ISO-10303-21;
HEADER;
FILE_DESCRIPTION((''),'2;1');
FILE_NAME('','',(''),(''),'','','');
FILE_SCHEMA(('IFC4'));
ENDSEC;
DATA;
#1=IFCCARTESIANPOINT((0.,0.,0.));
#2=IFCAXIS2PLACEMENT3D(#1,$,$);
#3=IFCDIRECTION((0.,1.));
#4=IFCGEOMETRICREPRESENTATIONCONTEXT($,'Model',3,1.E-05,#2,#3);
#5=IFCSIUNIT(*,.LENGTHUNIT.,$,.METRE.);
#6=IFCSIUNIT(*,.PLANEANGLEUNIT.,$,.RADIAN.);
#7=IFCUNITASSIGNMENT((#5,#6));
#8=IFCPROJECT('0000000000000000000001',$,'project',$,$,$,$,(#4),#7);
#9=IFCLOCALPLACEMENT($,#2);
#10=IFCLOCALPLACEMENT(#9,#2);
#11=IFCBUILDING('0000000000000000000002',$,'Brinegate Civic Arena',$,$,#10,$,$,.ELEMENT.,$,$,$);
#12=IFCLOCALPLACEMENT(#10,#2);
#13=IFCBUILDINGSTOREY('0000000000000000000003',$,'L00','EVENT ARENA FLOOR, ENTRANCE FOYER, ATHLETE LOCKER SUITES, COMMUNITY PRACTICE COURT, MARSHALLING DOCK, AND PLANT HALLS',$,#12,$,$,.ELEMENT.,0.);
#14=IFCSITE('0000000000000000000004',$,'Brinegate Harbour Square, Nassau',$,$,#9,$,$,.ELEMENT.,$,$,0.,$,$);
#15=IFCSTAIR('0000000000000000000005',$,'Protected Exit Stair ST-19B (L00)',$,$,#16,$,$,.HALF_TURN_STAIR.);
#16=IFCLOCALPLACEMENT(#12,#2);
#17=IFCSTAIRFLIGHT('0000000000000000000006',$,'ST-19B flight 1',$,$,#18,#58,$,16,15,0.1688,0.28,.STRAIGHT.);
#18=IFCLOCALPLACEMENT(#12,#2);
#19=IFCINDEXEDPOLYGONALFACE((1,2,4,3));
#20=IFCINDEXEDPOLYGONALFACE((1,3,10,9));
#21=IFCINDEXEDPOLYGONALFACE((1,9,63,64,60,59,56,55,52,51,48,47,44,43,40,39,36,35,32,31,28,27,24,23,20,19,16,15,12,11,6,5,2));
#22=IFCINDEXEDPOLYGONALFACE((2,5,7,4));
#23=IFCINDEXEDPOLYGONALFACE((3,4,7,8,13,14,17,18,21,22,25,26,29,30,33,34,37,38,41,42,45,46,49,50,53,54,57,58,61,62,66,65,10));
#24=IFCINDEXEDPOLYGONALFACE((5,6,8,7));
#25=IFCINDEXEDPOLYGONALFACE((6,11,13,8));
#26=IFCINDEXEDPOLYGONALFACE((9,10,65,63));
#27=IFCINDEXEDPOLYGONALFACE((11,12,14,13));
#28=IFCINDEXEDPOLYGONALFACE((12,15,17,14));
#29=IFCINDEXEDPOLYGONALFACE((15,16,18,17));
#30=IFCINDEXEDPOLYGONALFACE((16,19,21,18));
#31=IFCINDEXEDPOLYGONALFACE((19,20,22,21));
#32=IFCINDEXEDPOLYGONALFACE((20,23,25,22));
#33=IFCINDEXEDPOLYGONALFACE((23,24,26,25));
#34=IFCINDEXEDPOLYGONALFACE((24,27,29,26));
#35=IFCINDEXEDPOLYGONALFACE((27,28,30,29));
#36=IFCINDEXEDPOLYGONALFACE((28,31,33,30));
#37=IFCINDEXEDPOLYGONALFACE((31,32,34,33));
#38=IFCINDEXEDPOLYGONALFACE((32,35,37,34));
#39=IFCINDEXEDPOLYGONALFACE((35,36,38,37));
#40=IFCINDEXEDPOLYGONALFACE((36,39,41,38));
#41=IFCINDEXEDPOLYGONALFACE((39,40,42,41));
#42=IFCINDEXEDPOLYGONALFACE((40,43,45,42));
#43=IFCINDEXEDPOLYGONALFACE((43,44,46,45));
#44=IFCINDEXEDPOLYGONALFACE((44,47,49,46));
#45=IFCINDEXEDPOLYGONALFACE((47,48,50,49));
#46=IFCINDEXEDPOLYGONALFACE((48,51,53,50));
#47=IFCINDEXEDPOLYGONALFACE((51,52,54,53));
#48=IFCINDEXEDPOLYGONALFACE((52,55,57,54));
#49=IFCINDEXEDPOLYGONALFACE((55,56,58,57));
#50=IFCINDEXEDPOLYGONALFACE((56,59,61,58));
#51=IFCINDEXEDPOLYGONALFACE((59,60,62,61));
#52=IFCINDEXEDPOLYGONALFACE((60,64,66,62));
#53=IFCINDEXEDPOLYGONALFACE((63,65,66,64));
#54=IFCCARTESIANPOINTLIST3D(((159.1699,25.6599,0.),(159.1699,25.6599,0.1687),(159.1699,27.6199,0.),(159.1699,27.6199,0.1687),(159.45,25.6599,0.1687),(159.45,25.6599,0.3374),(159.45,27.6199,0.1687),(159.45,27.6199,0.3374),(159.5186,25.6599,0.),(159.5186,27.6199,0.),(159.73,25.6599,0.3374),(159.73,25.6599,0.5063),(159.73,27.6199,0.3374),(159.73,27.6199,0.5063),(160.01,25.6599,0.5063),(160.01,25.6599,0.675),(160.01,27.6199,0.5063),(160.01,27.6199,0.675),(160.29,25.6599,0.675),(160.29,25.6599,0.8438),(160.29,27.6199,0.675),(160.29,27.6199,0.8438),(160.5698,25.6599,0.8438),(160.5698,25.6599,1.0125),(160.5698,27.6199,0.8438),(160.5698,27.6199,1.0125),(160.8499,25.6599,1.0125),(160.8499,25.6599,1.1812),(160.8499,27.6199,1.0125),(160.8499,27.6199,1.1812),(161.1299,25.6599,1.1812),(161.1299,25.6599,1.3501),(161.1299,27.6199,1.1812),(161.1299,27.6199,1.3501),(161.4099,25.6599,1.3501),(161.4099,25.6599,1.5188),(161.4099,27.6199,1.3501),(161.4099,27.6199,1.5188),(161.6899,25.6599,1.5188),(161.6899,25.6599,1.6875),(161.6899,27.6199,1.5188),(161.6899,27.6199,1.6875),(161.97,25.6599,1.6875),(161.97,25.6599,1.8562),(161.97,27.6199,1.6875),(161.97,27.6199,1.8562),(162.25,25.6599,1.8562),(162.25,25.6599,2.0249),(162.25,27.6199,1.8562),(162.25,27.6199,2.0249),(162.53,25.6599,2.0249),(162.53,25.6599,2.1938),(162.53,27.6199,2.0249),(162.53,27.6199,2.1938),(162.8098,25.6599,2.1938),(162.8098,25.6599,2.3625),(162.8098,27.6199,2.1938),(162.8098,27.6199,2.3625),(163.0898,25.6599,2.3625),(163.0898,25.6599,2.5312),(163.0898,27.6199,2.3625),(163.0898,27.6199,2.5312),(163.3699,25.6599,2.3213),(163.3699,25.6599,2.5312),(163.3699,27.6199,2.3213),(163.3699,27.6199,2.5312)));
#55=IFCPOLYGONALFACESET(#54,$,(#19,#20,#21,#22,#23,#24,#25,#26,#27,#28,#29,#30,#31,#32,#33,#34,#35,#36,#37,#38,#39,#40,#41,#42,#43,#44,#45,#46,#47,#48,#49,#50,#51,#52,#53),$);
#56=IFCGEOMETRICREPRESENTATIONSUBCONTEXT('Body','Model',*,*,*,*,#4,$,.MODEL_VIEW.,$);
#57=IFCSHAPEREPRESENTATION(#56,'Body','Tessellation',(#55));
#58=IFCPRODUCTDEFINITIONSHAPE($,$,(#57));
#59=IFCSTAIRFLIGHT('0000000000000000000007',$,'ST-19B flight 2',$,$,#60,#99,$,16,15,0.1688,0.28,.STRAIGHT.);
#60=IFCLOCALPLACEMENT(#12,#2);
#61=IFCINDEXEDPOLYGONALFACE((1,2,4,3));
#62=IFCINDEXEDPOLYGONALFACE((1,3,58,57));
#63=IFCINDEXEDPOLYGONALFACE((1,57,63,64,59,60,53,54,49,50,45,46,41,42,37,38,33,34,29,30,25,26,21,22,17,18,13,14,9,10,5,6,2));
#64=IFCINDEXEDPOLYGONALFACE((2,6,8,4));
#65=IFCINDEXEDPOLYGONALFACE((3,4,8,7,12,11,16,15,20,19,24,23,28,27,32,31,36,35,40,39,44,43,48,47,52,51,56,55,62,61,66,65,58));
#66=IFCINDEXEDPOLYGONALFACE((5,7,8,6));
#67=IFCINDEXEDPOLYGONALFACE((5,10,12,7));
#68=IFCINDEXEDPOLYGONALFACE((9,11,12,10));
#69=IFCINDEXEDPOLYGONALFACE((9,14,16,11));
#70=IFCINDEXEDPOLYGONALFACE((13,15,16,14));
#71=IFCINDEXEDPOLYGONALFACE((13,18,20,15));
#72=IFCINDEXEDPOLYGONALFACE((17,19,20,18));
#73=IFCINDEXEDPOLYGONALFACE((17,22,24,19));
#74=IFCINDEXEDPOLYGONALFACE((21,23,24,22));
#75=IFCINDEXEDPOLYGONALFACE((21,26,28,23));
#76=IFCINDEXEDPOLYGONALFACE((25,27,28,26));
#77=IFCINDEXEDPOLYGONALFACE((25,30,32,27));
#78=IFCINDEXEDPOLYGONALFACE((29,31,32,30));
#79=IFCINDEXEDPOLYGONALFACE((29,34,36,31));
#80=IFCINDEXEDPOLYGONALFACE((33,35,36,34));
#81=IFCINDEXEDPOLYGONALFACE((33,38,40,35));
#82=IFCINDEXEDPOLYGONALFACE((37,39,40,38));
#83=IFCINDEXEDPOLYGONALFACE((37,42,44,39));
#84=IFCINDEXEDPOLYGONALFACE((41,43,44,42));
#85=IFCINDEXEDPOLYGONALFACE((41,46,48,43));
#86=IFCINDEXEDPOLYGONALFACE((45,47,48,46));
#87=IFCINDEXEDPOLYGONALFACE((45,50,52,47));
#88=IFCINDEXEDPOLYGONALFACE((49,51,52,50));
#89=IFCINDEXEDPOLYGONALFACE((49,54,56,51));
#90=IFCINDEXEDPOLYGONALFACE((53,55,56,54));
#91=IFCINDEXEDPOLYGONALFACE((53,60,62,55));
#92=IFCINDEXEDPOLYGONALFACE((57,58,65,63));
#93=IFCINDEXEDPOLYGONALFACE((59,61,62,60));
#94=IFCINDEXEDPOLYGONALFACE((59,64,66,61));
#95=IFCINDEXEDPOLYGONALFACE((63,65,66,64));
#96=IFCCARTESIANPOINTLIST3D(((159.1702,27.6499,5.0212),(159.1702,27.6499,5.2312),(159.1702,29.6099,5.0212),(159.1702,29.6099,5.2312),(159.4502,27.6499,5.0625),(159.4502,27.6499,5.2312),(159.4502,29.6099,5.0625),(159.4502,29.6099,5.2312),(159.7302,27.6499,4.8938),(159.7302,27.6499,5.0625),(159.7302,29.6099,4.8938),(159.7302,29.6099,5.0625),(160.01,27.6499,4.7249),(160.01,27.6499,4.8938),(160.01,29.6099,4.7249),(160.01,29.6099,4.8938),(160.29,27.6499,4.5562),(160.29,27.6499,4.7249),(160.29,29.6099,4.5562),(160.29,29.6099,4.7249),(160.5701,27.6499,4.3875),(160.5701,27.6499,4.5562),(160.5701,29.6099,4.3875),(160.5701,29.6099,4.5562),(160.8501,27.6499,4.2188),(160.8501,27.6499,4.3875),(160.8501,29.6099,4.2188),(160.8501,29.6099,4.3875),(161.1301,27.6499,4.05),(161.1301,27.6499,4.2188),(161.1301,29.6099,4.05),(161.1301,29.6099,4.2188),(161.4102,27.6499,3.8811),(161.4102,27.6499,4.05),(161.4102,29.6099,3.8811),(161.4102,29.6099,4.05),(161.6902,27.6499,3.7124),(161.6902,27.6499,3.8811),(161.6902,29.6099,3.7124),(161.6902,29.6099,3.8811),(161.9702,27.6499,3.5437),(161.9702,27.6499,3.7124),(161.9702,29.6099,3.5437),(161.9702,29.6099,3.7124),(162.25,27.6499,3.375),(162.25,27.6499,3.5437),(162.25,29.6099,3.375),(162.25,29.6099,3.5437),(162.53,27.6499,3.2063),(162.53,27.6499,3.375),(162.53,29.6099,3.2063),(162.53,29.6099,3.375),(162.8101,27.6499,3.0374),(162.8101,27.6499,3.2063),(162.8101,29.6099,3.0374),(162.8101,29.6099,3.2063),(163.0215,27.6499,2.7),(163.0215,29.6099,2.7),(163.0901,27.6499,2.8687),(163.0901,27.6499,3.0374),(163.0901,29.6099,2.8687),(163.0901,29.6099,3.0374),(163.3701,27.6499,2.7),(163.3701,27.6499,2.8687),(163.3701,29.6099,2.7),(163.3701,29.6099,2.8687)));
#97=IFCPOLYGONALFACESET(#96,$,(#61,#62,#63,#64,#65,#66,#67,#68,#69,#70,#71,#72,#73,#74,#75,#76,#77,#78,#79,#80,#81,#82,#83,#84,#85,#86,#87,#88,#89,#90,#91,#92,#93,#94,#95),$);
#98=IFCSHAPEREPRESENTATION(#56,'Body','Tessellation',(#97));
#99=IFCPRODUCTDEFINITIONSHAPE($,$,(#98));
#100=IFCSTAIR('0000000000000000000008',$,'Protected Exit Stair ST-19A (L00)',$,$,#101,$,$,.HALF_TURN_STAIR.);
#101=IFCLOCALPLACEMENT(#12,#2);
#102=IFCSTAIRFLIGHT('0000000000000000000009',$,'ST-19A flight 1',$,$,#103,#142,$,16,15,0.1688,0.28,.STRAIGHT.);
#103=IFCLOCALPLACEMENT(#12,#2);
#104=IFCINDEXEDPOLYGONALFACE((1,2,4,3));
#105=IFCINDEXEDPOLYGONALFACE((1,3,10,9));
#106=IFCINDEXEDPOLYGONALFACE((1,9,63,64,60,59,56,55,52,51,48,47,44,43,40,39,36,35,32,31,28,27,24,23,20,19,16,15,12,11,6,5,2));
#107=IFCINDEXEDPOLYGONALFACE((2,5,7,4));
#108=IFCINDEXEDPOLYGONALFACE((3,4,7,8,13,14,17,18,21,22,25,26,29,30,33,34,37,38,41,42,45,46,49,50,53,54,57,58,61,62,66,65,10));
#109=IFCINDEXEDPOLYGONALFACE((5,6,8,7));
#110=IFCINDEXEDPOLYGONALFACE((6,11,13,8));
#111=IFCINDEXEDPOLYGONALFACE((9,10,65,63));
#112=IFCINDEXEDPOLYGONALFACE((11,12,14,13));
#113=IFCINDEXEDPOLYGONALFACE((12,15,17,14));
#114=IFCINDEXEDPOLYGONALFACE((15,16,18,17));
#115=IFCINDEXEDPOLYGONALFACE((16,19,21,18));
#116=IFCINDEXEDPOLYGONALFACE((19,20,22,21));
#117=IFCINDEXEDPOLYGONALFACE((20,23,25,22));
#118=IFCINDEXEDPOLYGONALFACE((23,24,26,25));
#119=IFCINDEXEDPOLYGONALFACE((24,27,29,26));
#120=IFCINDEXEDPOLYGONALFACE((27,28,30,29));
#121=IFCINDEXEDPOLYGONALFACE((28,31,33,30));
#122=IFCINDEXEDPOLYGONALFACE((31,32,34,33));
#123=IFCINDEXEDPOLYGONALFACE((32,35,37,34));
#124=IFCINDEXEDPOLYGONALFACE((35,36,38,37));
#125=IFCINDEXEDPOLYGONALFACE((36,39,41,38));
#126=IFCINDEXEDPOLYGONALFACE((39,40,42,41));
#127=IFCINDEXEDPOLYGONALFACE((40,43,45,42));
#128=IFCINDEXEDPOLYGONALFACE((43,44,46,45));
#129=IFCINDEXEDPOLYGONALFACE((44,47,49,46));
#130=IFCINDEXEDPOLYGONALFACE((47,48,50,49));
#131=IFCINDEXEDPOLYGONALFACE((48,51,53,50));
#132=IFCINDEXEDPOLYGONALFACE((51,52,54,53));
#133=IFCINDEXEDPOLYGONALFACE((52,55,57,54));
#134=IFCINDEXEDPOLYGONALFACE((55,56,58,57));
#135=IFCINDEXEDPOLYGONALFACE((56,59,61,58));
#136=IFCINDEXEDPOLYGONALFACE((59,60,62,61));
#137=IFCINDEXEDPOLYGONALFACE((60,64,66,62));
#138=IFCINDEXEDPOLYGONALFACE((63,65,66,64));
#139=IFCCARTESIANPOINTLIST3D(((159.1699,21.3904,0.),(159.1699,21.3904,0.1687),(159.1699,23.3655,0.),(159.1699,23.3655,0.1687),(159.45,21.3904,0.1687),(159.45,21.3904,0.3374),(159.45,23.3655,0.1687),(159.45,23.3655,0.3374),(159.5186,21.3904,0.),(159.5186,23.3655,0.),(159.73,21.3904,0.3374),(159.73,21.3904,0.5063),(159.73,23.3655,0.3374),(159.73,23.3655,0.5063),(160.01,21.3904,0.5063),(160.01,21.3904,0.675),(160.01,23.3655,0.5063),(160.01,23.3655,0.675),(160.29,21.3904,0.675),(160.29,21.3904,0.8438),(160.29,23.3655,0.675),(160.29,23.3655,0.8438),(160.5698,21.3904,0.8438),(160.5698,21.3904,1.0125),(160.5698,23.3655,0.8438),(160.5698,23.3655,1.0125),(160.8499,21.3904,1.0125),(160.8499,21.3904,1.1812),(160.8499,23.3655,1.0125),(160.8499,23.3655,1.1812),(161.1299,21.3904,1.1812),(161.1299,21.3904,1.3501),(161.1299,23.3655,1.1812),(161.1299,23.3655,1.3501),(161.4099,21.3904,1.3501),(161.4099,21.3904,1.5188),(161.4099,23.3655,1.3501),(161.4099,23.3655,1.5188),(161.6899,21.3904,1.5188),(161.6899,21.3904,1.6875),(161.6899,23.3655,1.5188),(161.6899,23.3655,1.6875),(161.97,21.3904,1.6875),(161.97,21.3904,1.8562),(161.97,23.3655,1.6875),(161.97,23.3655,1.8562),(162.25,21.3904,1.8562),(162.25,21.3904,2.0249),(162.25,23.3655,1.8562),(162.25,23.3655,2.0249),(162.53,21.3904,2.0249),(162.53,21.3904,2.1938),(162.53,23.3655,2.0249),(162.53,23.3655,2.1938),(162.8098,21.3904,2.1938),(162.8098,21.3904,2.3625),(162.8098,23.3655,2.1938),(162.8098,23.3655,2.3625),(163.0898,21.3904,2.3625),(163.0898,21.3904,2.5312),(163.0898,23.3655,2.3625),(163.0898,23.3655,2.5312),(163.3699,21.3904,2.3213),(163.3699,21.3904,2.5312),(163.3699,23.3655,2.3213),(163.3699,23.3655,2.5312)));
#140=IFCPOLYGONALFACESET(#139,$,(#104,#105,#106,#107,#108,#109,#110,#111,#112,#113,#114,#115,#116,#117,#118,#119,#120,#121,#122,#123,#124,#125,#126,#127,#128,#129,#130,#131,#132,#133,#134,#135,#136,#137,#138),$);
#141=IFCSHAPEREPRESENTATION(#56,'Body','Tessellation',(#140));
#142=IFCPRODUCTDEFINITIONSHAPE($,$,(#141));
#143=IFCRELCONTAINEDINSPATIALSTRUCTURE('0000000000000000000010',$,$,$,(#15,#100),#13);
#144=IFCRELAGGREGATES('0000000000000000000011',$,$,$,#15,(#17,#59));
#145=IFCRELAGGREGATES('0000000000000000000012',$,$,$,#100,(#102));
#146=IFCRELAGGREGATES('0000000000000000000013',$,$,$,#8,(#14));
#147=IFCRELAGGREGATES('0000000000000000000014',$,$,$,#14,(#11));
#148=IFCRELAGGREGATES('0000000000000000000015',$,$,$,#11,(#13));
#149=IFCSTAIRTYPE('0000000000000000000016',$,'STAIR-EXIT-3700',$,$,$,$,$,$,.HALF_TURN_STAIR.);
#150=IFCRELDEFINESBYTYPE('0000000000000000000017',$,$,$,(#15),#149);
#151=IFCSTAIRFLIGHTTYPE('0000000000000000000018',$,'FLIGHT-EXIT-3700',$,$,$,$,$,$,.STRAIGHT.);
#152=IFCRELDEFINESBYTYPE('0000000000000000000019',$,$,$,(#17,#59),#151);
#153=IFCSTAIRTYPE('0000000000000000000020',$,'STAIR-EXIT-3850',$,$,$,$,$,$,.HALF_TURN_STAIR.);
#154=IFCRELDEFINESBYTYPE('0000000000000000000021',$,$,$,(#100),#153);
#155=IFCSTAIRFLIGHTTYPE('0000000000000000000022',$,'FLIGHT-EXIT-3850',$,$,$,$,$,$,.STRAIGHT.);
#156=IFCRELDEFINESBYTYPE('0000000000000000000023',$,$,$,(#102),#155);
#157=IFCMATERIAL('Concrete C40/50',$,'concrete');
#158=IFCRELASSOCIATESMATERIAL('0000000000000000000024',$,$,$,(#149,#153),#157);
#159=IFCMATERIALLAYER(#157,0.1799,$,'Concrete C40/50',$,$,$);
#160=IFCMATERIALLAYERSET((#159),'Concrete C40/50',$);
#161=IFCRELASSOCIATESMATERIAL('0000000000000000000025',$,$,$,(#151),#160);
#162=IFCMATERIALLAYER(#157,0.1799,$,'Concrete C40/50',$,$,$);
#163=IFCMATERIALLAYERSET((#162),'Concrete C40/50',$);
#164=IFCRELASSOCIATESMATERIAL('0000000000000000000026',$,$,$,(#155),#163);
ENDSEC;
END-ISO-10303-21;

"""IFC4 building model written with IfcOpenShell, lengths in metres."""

from ifc_helpers import new_model, si_unit, direction, frame, origin, place, context, subcontext, project, spatial, polyline, outline, extrude, material, layer, layer_set, type_object, element, aggregate, save


model = new_model("IFC4")

# Units and contexts
model_context = context("Model", 3, precision=1e-05, world=origin(), true_north=direction((0.0, 1.0)))
body_context = subcontext(model_context, "Body", "Model", "MODEL_VIEW")
ifc_project = project(units=[si_unit("LENGTHUNIT", "METRE"), si_unit("PLANEANGLEUNIT", "RADIAN")], contexts=[model_context])

# Site, building, storey
site_placement = place(None, origin())
site = spatial("IfcSite", under=ifc_project, at=site_placement, Name="Brinegate Harbour Square, Nassau", CompositionType="ELEMENT", RefElevation=0.0)
building_placement = place(site_placement, origin())
building = spatial("IfcBuilding", under=site, at=building_placement, Name="Brinegate Civic Arena", CompositionType="ELEMENT")
storey_placement = place(building_placement, origin())
storey = spatial("IfcBuildingStorey", under=building, at=storey_placement, Name="L00", Description="EVENT ARENA FLOOR, ENTRANCE FOYER, ATHLETE LOCKER SUITES, COMMUNITY PRACTICE COURT, MARSHALLING DOCK, AND PLANT HALLS", CompositionType="ELEMENT", Elevation=0.0)

# Shared definitions
ifc_material_1 = material(Name="Concrete C40/50", Category="concrete")

# Stairs, stair flights
stair_type_1 = type_object("IfcStairType", Name="STAIR-EXIT-3700", PredefinedType="HALF_TURN_STAIR", material=ifc_material_1)
stair_1_placement = place(storey_placement, origin())
stair_1 = element("IfcStair", 1, at=stair_1_placement, inside=storey, type_object=stair_type_1, Name="Protected Exit Stair ST-19B (L00)", PredefinedType="HALF_TURN_STAIR")
ifc_layer_1 = layer(ifc_material_1, 0.1799, Name="Concrete C40/50")
ifc_layer_set_1 = layer_set([ifc_layer_1], Name="Concrete C40/50")
stair_flight_type_1 = type_object("IfcStairFlightType", Name="FLIGHT-EXIT-3700", PredefinedType="STRAIGHT", material=ifc_layer_set_1)
stair_flight_1_placement = place(storey_placement, frame((159.1699, 26.6399, 0.0), z_axis=(0.0, 0.0, 1.0), x_axis=(1.0, 0.0, 0.0)))
stair_flight_1 = element("IfcStairFlight", 2, at=stair_flight_1_placement, type_object=stair_flight_type_1, Name="ST-19B flight 1", NumberOfRisers=16, NumberOfTreads=15, PredefinedType="STRAIGHT", RiserHeight=0.1688, TreadLength=0.28, context=body_context, shape_type="SweptSolid", body=[
    extrude(outline(polyline([(0.0, 0.0), (0.0, 0.1687), (0.28, 0.1687), (0.28, 0.3374), (0.5601, 0.3374), (0.5601, 0.5063), (0.8401, 0.5063), (0.8401, 0.675), (1.1201, 0.675), (1.1201, 0.8438), (1.3999, 0.8438), (1.3999, 1.0125), (1.6799, 1.0125), (1.6799, 1.1812), (1.96, 1.1812), (1.96, 1.3501), (2.24, 1.3501), (2.24, 1.5188), (2.52, 1.5188), (2.52, 1.6875), (2.8, 1.6875), (2.8, 1.8562), (3.0801, 1.8562), (3.0801, 2.0249), (3.3601, 2.0249), (3.3601, 2.1938), (3.6399, 2.1938), (3.6399, 2.3625), (3.9199, 2.3625), (3.9199, 2.5312), (4.2, 2.5312), (4.2, 2.7), (4.2, 2.3213), (0.3486, 0.0), (0.0, 0.0)])), frame((0.0, 0.98, 0.0), z_axis=(0.0, -1.0, 0.0), x_axis=(1.0, 0.0, 0.0)), (0.0, 0.0, 1.0), 1.96),
])
stair_flight_2_placement = place(storey_placement, frame((163.3701, 28.6299, 2.7), z_axis=(0.0, 0.0, 1.0), x_axis=(-1.0, 0.0, 0.0)))
stair_flight_2 = element("IfcStairFlight", 3, at=stair_flight_2_placement, type_object=stair_flight_type_1, Name="ST-19B flight 2", NumberOfRisers=16, NumberOfTreads=15, PredefinedType="STRAIGHT", RiserHeight=0.1688, TreadLength=0.28, context=body_context, shape_type="SweptSolid", body=[
    extrude(outline(polyline([(0.0, 0.0), (0.0, 0.1687), (0.28, 0.1687), (0.28, 0.3374), (0.5601, 0.3374), (0.5601, 0.5063), (0.8401, 0.5063), (0.8401, 0.675), (1.1201, 0.675), (1.1201, 0.8438), (1.3999, 0.8438), (1.3999, 1.0125), (1.6799, 1.0125), (1.6799, 1.1812), (1.96, 1.1812), (1.96, 1.3501), (2.24, 1.3501), (2.24, 1.5188), (2.52, 1.5188), (2.52, 1.6875), (2.8, 1.6875), (2.8, 1.8562), (3.0801, 1.8562), (3.0801, 2.0249), (3.3601, 2.0249), (3.3601, 2.1938), (3.6399, 2.1938), (3.6399, 2.3625), (3.9199, 2.3625), (3.9199, 2.5312), (4.2, 2.5312), (4.2, 2.7), (4.2, 2.3213), (0.3486, 0.0), (0.0, 0.0)])), frame((0.0, 0.98, 0.0), z_axis=(0.0, -1.0, 0.0), x_axis=(1.0, 0.0, 0.0)), (0.0, 0.0, 1.0), 1.96),
])
aggregate(stair_1, [stair_flight_1, stair_flight_2])
stair_type_2 = type_object("IfcStairType", Name="STAIR-EXIT-3850", PredefinedType="HALF_TURN_STAIR", material=ifc_material_1)
stair_2_placement = place(storey_placement, origin())
stair_2 = element("IfcStair", 4, at=stair_2_placement, inside=storey, type_object=stair_type_2, Name="Protected Exit Stair ST-19A (L00)", PredefinedType="HALF_TURN_STAIR")
ifc_layer_2 = layer(ifc_material_1, 0.1799, Name="Concrete C40/50")
ifc_layer_set_2 = layer_set([ifc_layer_2], Name="Concrete C40/50")
stair_flight_type_2 = type_object("IfcStairFlightType", Name="FLIGHT-EXIT-3850", PredefinedType="STRAIGHT", material=ifc_layer_set_2)
stair_flight_3_placement = place(storey_placement, frame((159.1699, 22.3779, 0.0), z_axis=(0.0, 0.0, 1.0), x_axis=(1.0, 0.0, 0.0)))
stair_flight_3 = element("IfcStairFlight", 5, at=stair_flight_3_placement, type_object=stair_flight_type_2, Name="ST-19A flight 1", NumberOfRisers=16, NumberOfTreads=15, PredefinedType="STRAIGHT", RiserHeight=0.1688, TreadLength=0.28, context=body_context, shape_type="SweptSolid", body=[
    extrude(outline(polyline([(0.0, 0.0), (0.0, 0.1687), (0.28, 0.1687), (0.28, 0.3374), (0.5601, 0.3374), (0.5601, 0.5063), (0.8401, 0.5063), (0.8401, 0.675), (1.1201, 0.675), (1.1201, 0.8438), (1.3999, 0.8438), (1.3999, 1.0125), (1.6799, 1.0125), (1.6799, 1.1812), (1.96, 1.1812), (1.96, 1.3501), (2.24, 1.3501), (2.24, 1.5188), (2.52, 1.5188), (2.52, 1.6875), (2.8, 1.6875), (2.8, 1.8562), (3.0801, 1.8562), (3.0801, 2.0249), (3.3601, 2.0249), (3.3601, 2.1938), (3.6399, 2.1938), (3.6399, 2.3625), (3.9199, 2.3625), (3.9199, 2.5312), (4.2, 2.5312), (4.2, 2.7), (4.2, 2.3213), (0.3486, 0.0), (0.0, 0.0)])), frame((0.0, 0.9875, 0.0), z_axis=(0.0, -1.0, 0.0), x_axis=(1.0, 0.0, 0.0)), (0.0, 0.0, 1.0), 1.9751),
])
aggregate(stair_2, [stair_flight_3])

save(model, "model.ifc")
